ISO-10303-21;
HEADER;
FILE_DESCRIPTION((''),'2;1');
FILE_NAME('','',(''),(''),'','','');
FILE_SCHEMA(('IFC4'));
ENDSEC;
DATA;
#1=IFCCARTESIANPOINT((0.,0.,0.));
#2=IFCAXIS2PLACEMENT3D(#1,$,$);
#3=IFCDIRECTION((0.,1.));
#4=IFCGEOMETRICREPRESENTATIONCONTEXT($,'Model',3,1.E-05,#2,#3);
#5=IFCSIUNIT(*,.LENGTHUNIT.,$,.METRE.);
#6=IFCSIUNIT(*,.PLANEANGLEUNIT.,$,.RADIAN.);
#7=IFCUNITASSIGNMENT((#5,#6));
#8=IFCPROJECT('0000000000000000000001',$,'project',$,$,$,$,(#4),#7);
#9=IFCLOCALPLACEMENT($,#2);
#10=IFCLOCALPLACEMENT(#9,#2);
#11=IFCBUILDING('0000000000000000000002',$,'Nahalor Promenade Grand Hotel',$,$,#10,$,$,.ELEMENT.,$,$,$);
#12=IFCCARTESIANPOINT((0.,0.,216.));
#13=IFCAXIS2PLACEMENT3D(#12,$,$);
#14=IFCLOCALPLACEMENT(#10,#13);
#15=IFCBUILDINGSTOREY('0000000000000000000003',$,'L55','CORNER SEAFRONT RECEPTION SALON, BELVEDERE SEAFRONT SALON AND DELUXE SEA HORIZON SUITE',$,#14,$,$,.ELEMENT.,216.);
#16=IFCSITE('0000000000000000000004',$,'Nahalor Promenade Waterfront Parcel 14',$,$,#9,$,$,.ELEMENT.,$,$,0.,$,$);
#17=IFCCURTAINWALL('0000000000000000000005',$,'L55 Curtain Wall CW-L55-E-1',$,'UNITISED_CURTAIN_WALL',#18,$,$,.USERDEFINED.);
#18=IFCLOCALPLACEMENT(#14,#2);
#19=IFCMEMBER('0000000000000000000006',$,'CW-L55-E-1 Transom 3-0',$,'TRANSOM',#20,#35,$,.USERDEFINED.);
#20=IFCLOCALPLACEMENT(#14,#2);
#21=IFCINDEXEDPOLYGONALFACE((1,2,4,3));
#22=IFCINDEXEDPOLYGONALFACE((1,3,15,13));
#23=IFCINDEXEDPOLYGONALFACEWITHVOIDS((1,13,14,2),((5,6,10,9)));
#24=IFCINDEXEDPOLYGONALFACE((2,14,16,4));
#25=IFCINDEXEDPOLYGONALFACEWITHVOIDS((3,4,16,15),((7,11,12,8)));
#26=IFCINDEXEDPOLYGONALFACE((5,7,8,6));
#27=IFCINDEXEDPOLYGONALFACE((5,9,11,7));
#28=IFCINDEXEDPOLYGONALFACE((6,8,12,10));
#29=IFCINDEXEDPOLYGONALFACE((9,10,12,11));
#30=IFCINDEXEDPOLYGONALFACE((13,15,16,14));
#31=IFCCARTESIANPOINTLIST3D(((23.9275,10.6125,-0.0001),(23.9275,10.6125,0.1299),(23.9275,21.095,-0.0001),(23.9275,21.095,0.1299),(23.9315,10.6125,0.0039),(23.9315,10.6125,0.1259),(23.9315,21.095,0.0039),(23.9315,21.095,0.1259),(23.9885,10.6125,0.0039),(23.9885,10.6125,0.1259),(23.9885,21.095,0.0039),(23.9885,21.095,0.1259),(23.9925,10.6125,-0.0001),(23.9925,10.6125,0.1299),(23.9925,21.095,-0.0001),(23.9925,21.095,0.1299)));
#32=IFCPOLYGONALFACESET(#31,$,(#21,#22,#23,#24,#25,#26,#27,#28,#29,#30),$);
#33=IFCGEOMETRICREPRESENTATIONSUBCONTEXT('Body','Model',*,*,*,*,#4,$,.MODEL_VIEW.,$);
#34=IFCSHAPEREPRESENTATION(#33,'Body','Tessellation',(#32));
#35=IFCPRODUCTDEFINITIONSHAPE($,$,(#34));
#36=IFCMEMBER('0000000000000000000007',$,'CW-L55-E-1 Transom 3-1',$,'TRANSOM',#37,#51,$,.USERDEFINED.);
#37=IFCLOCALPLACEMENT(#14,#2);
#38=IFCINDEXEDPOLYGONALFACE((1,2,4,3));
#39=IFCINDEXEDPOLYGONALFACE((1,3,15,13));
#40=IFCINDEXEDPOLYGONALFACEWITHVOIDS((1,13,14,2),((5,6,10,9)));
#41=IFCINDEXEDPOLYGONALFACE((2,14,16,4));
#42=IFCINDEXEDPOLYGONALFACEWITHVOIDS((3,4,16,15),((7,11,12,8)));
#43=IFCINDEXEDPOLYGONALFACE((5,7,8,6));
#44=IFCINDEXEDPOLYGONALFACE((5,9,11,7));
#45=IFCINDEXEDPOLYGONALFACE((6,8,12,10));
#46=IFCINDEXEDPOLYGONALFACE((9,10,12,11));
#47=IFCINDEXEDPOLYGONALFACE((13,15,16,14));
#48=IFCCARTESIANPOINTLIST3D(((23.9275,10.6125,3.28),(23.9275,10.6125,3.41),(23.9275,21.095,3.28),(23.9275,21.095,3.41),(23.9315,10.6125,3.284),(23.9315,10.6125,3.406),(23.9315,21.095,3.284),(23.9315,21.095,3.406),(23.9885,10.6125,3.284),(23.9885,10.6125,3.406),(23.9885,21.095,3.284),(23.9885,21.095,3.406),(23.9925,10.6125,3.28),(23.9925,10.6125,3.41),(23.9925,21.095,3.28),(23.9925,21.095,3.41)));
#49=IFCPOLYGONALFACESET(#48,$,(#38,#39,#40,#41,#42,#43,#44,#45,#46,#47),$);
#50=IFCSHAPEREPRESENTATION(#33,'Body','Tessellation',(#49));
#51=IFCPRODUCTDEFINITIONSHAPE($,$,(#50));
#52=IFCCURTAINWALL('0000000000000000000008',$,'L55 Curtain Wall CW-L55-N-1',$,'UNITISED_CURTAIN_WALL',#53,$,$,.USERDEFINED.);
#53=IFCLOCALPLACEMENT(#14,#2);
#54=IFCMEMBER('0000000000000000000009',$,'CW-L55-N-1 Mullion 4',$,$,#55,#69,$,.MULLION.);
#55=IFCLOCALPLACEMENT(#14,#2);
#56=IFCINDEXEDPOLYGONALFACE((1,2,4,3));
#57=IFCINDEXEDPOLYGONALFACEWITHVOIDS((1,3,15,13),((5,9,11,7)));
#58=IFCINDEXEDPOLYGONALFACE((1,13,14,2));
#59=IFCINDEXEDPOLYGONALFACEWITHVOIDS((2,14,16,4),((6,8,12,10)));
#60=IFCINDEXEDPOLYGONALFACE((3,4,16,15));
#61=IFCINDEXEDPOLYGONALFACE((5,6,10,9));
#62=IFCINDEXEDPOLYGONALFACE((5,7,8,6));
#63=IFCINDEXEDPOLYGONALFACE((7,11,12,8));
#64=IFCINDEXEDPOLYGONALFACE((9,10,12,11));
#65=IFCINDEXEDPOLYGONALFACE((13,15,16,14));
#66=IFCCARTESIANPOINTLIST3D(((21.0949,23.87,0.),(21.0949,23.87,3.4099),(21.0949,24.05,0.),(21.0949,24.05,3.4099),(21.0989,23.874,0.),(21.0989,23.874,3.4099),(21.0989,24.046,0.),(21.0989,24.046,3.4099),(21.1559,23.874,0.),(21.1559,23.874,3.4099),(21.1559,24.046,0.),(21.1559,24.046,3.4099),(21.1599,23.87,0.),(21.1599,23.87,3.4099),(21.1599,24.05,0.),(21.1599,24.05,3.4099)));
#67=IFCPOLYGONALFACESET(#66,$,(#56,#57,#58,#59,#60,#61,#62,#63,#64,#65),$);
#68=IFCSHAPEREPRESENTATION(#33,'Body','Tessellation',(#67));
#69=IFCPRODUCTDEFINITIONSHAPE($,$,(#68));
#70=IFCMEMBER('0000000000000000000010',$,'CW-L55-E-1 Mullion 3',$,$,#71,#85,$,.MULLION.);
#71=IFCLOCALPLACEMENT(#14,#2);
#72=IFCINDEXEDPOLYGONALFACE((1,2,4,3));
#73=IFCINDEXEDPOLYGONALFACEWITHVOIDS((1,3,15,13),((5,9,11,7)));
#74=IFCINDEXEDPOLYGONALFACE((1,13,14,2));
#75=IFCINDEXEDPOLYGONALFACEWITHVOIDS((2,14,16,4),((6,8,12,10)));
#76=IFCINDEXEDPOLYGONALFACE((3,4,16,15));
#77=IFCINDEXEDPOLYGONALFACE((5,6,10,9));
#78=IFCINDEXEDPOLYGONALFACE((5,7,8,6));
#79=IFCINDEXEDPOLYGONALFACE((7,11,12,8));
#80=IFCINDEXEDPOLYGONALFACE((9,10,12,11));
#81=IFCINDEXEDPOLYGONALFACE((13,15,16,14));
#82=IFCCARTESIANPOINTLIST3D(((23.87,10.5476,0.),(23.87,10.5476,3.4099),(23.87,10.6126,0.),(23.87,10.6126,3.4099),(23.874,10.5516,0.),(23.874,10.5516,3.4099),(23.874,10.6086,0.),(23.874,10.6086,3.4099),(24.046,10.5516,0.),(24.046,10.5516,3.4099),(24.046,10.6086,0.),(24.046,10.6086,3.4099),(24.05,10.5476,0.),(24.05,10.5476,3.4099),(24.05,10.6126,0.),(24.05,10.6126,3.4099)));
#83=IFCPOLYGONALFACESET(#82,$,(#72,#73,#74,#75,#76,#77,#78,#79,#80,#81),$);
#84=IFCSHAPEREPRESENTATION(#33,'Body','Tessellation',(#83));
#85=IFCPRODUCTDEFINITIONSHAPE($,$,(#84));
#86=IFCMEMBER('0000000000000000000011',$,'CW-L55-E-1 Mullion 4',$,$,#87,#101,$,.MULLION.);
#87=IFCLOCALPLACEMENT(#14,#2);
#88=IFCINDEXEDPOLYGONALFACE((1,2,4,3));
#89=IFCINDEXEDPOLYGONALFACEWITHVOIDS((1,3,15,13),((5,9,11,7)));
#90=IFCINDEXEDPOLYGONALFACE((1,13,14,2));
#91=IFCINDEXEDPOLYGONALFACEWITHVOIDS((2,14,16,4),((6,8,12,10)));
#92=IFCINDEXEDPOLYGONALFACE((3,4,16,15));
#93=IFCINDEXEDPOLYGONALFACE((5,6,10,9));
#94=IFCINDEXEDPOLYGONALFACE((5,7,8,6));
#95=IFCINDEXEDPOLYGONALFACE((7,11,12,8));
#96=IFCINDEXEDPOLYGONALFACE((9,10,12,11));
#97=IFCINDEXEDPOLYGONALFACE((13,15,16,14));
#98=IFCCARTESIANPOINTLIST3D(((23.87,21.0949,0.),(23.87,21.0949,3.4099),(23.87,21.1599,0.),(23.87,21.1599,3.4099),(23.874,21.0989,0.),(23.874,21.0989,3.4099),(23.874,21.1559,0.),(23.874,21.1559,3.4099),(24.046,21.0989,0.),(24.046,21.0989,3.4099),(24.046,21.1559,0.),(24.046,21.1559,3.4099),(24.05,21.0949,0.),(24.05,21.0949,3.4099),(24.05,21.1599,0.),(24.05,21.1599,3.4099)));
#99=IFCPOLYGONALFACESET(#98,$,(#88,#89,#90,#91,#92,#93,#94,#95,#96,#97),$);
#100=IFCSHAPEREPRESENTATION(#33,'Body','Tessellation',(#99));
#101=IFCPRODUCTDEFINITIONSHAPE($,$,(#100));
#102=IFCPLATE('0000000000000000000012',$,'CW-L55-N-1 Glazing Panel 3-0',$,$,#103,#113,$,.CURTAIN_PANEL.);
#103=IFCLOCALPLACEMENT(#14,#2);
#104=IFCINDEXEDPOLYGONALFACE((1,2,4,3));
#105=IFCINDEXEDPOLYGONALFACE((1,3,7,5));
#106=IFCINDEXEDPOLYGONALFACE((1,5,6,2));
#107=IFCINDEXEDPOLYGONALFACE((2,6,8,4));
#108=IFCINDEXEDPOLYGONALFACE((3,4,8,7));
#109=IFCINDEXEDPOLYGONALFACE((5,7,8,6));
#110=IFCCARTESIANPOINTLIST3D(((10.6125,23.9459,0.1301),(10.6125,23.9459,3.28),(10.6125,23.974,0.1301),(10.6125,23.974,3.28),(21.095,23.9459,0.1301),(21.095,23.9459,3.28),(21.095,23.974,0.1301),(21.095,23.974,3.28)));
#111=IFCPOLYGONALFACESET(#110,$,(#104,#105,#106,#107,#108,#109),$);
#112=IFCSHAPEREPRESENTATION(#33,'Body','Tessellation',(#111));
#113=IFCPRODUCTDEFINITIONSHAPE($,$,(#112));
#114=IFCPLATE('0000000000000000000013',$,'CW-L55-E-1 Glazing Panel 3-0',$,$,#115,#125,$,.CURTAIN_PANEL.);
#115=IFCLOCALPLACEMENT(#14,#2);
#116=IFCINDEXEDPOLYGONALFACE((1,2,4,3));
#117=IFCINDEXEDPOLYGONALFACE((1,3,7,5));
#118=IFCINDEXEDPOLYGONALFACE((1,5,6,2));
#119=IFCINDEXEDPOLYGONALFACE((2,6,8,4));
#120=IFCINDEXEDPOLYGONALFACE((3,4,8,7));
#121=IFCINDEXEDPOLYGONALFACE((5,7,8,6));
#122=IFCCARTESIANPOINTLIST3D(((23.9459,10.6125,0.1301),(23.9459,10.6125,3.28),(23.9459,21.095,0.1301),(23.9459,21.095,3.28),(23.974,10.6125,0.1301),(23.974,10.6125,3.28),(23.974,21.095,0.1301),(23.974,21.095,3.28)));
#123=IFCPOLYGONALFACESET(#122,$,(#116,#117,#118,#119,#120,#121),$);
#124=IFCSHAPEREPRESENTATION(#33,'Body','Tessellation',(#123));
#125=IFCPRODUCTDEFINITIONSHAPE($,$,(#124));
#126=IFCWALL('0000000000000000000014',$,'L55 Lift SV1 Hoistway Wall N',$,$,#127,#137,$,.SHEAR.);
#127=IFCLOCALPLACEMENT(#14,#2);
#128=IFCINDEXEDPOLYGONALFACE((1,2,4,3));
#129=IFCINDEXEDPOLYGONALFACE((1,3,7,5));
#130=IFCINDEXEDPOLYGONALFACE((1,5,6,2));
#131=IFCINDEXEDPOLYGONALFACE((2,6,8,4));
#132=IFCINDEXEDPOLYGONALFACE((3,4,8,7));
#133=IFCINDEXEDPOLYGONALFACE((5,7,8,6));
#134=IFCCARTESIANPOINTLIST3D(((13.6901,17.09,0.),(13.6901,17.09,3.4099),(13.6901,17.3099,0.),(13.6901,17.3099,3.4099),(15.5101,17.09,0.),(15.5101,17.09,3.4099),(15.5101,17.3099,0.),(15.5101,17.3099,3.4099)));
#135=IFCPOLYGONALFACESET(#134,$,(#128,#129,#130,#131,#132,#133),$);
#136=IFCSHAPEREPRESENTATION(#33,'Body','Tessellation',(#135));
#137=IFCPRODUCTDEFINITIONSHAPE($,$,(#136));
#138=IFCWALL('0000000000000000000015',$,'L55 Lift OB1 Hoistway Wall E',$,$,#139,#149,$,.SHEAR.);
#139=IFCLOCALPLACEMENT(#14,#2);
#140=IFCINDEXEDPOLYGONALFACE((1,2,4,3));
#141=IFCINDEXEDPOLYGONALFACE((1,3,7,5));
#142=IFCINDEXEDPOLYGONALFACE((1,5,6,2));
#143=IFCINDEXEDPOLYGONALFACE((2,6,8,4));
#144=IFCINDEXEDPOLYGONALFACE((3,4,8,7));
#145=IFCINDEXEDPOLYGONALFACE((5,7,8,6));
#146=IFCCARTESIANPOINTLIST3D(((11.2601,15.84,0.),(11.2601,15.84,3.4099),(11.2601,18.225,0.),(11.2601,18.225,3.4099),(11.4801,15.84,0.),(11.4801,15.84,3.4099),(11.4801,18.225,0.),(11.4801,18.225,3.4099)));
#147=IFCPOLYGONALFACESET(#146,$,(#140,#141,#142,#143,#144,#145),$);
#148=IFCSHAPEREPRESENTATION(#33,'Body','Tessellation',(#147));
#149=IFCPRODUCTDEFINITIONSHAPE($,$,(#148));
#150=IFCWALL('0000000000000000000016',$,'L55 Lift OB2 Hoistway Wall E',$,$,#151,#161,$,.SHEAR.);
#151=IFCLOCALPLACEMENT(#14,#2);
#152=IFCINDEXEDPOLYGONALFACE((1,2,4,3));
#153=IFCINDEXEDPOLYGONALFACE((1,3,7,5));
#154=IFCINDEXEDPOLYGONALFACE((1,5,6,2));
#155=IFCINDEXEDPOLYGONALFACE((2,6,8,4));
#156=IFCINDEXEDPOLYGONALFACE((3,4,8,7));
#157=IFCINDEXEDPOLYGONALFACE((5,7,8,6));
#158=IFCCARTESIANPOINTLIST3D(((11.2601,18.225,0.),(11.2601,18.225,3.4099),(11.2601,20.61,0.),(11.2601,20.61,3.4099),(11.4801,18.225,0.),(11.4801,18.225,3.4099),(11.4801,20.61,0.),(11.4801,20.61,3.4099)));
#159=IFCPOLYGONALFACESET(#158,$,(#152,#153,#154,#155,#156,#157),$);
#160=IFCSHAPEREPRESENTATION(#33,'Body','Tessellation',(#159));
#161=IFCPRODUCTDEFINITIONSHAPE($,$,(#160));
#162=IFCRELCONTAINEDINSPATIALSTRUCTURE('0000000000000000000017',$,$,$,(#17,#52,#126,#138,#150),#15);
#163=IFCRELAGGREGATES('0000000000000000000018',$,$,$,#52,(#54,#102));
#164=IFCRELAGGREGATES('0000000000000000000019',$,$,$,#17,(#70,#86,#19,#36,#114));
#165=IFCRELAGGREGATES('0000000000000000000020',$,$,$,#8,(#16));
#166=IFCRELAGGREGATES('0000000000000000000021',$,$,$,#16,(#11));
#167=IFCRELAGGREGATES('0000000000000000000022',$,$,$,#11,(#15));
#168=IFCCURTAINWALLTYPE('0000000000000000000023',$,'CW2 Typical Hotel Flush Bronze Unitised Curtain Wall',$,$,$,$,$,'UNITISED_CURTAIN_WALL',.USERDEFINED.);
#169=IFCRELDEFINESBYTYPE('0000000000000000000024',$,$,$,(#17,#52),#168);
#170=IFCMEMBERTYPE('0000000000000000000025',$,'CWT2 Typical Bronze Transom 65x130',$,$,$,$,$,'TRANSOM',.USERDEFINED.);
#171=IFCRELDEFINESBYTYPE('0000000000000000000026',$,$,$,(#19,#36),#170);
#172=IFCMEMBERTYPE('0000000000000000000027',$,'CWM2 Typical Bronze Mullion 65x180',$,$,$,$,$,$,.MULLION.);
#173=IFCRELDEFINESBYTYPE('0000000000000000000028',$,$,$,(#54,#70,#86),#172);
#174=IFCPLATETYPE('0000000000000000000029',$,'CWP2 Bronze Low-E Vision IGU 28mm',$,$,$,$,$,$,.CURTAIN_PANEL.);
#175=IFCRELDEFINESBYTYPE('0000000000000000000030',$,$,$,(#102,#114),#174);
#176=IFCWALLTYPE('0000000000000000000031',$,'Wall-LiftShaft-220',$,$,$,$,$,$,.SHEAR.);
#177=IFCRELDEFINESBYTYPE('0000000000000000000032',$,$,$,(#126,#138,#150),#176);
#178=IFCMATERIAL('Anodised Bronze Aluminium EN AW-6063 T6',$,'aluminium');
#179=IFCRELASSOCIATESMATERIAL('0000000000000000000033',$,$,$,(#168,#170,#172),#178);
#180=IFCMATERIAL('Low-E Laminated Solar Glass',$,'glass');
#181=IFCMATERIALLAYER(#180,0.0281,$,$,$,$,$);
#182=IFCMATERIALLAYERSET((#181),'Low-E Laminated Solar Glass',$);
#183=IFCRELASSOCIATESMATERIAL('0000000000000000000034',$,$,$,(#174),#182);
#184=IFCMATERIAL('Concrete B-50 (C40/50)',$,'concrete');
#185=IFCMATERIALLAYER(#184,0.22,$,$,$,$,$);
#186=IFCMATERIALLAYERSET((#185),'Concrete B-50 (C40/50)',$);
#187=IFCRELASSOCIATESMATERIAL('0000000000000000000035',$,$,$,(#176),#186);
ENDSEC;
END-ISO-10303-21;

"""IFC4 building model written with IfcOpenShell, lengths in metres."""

from ifc_helpers import new_model, si_unit, direction, frame, frame_2d, origin, origin_2d, place, context, subcontext, project, spatial, rectangle, hollow_rectangle, extrude, source, transform, mapped, material, layer, layer_set, material_profile, profile_set, type_object, element, aggregate, save


model = new_model("IFC4")

# Units and contexts
model_context = context("Model", 3, precision=1e-05, world=origin(), true_north=direction((0.0, 1.0)))
body_context = subcontext(model_context, "Body", "Model", "MODEL_VIEW")
ifc_project = project(units=[si_unit("LENGTHUNIT", "METRE"), si_unit("PLANEANGLEUNIT", "RADIAN")], contexts=[model_context])

# Site, building, storey
site_placement = place(None, origin())
site = spatial("IfcSite", under=ifc_project, at=site_placement, Name="Nahalor Promenade Waterfront Parcel 14", CompositionType="ELEMENT", RefElevation=0.0)
building_placement = place(site_placement, origin())
building = spatial("IfcBuilding", under=site, at=building_placement, Name="Nahalor Promenade Grand Hotel", CompositionType="ELEMENT")
storey_placement = place(building_placement, frame((0.0, 0.0, 216.0)))
storey = spatial("IfcBuildingStorey", under=building, at=storey_placement, Name="L55", Description="CORNER SEAFRONT RECEPTION SALON, BELVEDERE SEAFRONT SALON AND DELUXE SEA HORIZON SUITE", CompositionType="ELEMENT", Elevation=216.0)

# Curtain wall, members
ifc_material_1 = material(Name="Anodised Bronze Aluminium EN AW-6063 T6", Category="aluminium")
curtain_wall_type = type_object("IfcCurtainWallType", Name="CW2 Typical Hotel Flush Bronze Unitised Curtain Wall", ElementType="UNITISED_CURTAIN_WALL", PredefinedType="USERDEFINED", material=ifc_material_1)
curtain_wall_1_placement = place(storey_placement, origin())
curtain_wall_1 = element("IfcCurtainWall", 1, at=curtain_wall_1_placement, inside=storey, type_object=curtain_wall_type, Name="L55 Curtain Wall CW-L55-E-1", ObjectType="UNITISED_CURTAIN_WALL", PredefinedType="USERDEFINED")
ifc_material_profile_1 = material_profile(ifc_material_1, hollow_rectangle(XDim=0.065, YDim=0.13, WallThickness=0.004, at=origin_2d()), Name="CWT 65x130x4")
ifc_profile_set_1 = profile_set([ifc_material_profile_1], Name="Anodised Bronze Aluminium EN AW-6063 T6")
member_type_1 = type_object("IfcMemberType", Name="CWT2 Typical Bronze Transom 65x130", ElementType="TRANSOM", PredefinedType="USERDEFINED", material=ifc_profile_set_1)
shared_shape_1 = source(origin(), body_context, "Body", "SweptSolid", [
    extrude(hollow_rectangle(XDim=0.065, YDim=0.13, WallThickness=0.004, at=origin_2d()), origin(), (0.0, 0.0, 1.0), 10.4824),
])
member_1_placement = place(storey_placement, frame((23.96, 10.6125, 0.0649), z_axis=(0.0, 1.0, 0.0), x_axis=(-1.0, 0.0, 0.0)))
member_1 = element("IfcMember", 2, at=member_1_placement, type_object=member_type_1, Name="CW-L55-E-1 Transom 3-0", ObjectType="TRANSOM", PredefinedType="USERDEFINED", context=body_context, shape_type="MappedRepresentation", body=[
    mapped(shared_shape_1, transform((0.0, 0.0, 0.0), scale=1.0)),
])
member_2_placement = place(storey_placement, frame((23.96, 10.6125, 3.345), z_axis=(0.0, 1.0, 0.0), x_axis=(-1.0, 0.0, 0.0)))
member_2 = element("IfcMember", 3, at=member_2_placement, type_object=member_type_1, Name="CW-L55-E-1 Transom 3-1", ObjectType="TRANSOM", PredefinedType="USERDEFINED", context=body_context, shape_type="MappedRepresentation", body=[
    mapped(shared_shape_1, transform((0.0, 0.0, 0.0), scale=1.0)),
])

# Curtain wall, member
curtain_wall_2_placement = place(storey_placement, origin())
curtain_wall_2 = element("IfcCurtainWall", 4, at=curtain_wall_2_placement, inside=storey, type_object=curtain_wall_type, Name="L55 Curtain Wall CW-L55-N-1", ObjectType="UNITISED_CURTAIN_WALL", PredefinedType="USERDEFINED")
ifc_material_profile_2 = material_profile(ifc_material_1, hollow_rectangle(XDim=0.065, YDim=0.18, WallThickness=0.004, at=origin_2d()), Name="CWM 65x180x4")
ifc_profile_set_2 = profile_set([ifc_material_profile_2], Name="Anodised Bronze Aluminium EN AW-6063 T6")
member_type_2 = type_object("IfcMemberType", Name="CWM2 Typical Bronze Mullion 65x180", PredefinedType="MULLION", material=ifc_profile_set_2)
shared_shape_2 = source(origin(), body_context, "Body", "SweptSolid", [
    extrude(hollow_rectangle(XDim=0.065, YDim=0.18, WallThickness=0.004, at=origin_2d()), origin(), (0.0, 0.0, 1.0), 3.4099),
])
member_3_placement = place(storey_placement, frame((21.1274, 23.96, 0.0), z_axis=(0.0, 0.0, 1.0), x_axis=(1.0, 0.0, 0.0)))
member_3 = element("IfcMember", 5, at=member_3_placement, type_object=member_type_2, Name="CW-L55-N-1 Mullion 4", PredefinedType="MULLION", context=body_context, shape_type="MappedRepresentation", body=[
    mapped(shared_shape_2, transform((0.0, 0.0, 0.0), scale=1.0)),
])

# Members
member_4_placement = place(storey_placement, frame((23.96, 10.5801, 0.0), z_axis=(0.0, 0.0, 1.0), x_axis=(0.0, 1.0, 0.0)))
member_4 = element("IfcMember", 6, at=member_4_placement, type_object=member_type_2, Name="CW-L55-E-1 Mullion 3", PredefinedType="MULLION", context=body_context, shape_type="MappedRepresentation", body=[
    mapped(shared_shape_2, transform((0.0, 0.0, 0.0), scale=1.0)),
])
member_5_placement = place(storey_placement, frame((23.96, 21.1274, 0.0), z_axis=(0.0, 0.0, 1.0), x_axis=(0.0, 1.0, 0.0)))
member_5 = element("IfcMember", 7, at=member_5_placement, type_object=member_type_2, Name="CW-L55-E-1 Mullion 4", PredefinedType="MULLION", context=body_context, shape_type="MappedRepresentation", body=[
    mapped(shared_shape_2, transform((0.0, 0.0, 0.0), scale=1.0)),
])

# Plates
ifc_material_2 = material(Name="Low-E Laminated Solar Glass", Category="glass")
ifc_layer_1 = layer(ifc_material_2, 0.0281)
ifc_layer_set_1 = layer_set([ifc_layer_1], Name="Low-E Laminated Solar Glass")
plate_type = type_object("IfcPlateType", Name="CWP2 Bronze Low-E Vision IGU 28mm", PredefinedType="CURTAIN_PANEL", material=ifc_layer_set_1)
shared_shape_3 = source(origin(), body_context, "Body", "SweptSolid", [
    extrude(rectangle(XDim=10.4824, YDim=0.0281, at=origin_2d()), origin(), (0.0, 0.0, 1.0), 3.1499),
])
plate_1_placement = place(storey_placement, frame((15.8538, 23.96, 0.1301), z_axis=(0.0, 0.0, 1.0), x_axis=(1.0, 0.0, 0.0)))
plate_1 = element("IfcPlate", 8, at=plate_1_placement, type_object=plate_type, Name="CW-L55-N-1 Glazing Panel 3-0", PredefinedType="CURTAIN_PANEL", context=body_context, shape_type="MappedRepresentation", body=[
    mapped(shared_shape_3, transform((0.0, 0.0, 0.0), scale=1.0)),
])
aggregate(curtain_wall_2, [member_3, plate_1])
plate_2_placement = place(storey_placement, frame((23.96, 15.8538, 0.1301), z_axis=(0.0, 0.0, 1.0), x_axis=(0.0, 1.0, 0.0)))
plate_2 = element("IfcPlate", 9, at=plate_2_placement, type_object=plate_type, Name="CW-L55-E-1 Glazing Panel 3-0", PredefinedType="CURTAIN_PANEL", context=body_context, shape_type="MappedRepresentation", body=[
    mapped(shared_shape_3, transform((0.0, 0.0, 0.0), scale=1.0)),
])
aggregate(curtain_wall_1, [member_4, member_5, member_1, member_2, plate_2])

# Walls
ifc_material_3 = material(Name="Concrete B-50 (C40/50)", Category="concrete")
ifc_layer_2 = layer(ifc_material_3, 0.22)
ifc_layer_set_2 = layer_set([ifc_layer_2], Name="Concrete B-50 (C40/50)")
wall_type_1 = type_object("IfcWallType", Name="Wall-LiftShaft-220", PredefinedType="SHEAR", material=ifc_layer_set_2)
shared_shape_4 = source(origin(), body_context, "Body", "SweptSolid", [
    extrude(rectangle(XDim=1.8201, YDim=0.22, at=frame_2d((0.9102, 0.0))), origin(), (0.0, 0.0, 1.0), 3.4099),
])
wall_1_placement = place(storey_placement, frame((13.6899, 17.2, 0.0), z_axis=(0.0, 0.0, 1.0), x_axis=(1.0, 0.0, 0.0)))
element("IfcWall", 10, at=wall_1_placement, inside=storey, type_object=wall_type_1, Name="L55 Lift SV1 Hoistway Wall N", PredefinedType="SHEAR", context=body_context, shape_type="MappedRepresentation", body=[
    mapped(shared_shape_4, transform((0.0, 0.0, 0.0), scale=1.0)),
])
shared_shape_5 = source(origin(), body_context, "Body", "SweptSolid", [
    extrude(rectangle(XDim=2.385, YDim=0.22, at=frame_2d((1.1924, 0.0))), origin(), (0.0, 0.0, 1.0), 3.4099),
])
for number, where, z_axis, x_axis, name in (
    (11, (11.3701, 15.8401, 0.0), (0.0, 0.0, 1.0), (0.0, 1.0, 0.0), "L55 Lift OB1 Hoistway Wall E"),
    (12, (11.3701, 18.2251, 0.0), (0.0, 0.0, 1.0), (0.0, 1.0, 0.0), "L55 Lift OB2 Hoistway Wall E"),
):
    element("IfcWall", number, at=place(storey_placement, frame(where, z_axis=z_axis, x_axis=x_axis)), inside=storey, type_object=wall_type_1, Name=name, PredefinedType="SHEAR", context=body_context, shape_type="MappedRepresentation", body=[
        mapped(shared_shape_5, transform((0.0, 0.0, 0.0), scale=1.0)),
    ])

save(model, "model.ifc")
